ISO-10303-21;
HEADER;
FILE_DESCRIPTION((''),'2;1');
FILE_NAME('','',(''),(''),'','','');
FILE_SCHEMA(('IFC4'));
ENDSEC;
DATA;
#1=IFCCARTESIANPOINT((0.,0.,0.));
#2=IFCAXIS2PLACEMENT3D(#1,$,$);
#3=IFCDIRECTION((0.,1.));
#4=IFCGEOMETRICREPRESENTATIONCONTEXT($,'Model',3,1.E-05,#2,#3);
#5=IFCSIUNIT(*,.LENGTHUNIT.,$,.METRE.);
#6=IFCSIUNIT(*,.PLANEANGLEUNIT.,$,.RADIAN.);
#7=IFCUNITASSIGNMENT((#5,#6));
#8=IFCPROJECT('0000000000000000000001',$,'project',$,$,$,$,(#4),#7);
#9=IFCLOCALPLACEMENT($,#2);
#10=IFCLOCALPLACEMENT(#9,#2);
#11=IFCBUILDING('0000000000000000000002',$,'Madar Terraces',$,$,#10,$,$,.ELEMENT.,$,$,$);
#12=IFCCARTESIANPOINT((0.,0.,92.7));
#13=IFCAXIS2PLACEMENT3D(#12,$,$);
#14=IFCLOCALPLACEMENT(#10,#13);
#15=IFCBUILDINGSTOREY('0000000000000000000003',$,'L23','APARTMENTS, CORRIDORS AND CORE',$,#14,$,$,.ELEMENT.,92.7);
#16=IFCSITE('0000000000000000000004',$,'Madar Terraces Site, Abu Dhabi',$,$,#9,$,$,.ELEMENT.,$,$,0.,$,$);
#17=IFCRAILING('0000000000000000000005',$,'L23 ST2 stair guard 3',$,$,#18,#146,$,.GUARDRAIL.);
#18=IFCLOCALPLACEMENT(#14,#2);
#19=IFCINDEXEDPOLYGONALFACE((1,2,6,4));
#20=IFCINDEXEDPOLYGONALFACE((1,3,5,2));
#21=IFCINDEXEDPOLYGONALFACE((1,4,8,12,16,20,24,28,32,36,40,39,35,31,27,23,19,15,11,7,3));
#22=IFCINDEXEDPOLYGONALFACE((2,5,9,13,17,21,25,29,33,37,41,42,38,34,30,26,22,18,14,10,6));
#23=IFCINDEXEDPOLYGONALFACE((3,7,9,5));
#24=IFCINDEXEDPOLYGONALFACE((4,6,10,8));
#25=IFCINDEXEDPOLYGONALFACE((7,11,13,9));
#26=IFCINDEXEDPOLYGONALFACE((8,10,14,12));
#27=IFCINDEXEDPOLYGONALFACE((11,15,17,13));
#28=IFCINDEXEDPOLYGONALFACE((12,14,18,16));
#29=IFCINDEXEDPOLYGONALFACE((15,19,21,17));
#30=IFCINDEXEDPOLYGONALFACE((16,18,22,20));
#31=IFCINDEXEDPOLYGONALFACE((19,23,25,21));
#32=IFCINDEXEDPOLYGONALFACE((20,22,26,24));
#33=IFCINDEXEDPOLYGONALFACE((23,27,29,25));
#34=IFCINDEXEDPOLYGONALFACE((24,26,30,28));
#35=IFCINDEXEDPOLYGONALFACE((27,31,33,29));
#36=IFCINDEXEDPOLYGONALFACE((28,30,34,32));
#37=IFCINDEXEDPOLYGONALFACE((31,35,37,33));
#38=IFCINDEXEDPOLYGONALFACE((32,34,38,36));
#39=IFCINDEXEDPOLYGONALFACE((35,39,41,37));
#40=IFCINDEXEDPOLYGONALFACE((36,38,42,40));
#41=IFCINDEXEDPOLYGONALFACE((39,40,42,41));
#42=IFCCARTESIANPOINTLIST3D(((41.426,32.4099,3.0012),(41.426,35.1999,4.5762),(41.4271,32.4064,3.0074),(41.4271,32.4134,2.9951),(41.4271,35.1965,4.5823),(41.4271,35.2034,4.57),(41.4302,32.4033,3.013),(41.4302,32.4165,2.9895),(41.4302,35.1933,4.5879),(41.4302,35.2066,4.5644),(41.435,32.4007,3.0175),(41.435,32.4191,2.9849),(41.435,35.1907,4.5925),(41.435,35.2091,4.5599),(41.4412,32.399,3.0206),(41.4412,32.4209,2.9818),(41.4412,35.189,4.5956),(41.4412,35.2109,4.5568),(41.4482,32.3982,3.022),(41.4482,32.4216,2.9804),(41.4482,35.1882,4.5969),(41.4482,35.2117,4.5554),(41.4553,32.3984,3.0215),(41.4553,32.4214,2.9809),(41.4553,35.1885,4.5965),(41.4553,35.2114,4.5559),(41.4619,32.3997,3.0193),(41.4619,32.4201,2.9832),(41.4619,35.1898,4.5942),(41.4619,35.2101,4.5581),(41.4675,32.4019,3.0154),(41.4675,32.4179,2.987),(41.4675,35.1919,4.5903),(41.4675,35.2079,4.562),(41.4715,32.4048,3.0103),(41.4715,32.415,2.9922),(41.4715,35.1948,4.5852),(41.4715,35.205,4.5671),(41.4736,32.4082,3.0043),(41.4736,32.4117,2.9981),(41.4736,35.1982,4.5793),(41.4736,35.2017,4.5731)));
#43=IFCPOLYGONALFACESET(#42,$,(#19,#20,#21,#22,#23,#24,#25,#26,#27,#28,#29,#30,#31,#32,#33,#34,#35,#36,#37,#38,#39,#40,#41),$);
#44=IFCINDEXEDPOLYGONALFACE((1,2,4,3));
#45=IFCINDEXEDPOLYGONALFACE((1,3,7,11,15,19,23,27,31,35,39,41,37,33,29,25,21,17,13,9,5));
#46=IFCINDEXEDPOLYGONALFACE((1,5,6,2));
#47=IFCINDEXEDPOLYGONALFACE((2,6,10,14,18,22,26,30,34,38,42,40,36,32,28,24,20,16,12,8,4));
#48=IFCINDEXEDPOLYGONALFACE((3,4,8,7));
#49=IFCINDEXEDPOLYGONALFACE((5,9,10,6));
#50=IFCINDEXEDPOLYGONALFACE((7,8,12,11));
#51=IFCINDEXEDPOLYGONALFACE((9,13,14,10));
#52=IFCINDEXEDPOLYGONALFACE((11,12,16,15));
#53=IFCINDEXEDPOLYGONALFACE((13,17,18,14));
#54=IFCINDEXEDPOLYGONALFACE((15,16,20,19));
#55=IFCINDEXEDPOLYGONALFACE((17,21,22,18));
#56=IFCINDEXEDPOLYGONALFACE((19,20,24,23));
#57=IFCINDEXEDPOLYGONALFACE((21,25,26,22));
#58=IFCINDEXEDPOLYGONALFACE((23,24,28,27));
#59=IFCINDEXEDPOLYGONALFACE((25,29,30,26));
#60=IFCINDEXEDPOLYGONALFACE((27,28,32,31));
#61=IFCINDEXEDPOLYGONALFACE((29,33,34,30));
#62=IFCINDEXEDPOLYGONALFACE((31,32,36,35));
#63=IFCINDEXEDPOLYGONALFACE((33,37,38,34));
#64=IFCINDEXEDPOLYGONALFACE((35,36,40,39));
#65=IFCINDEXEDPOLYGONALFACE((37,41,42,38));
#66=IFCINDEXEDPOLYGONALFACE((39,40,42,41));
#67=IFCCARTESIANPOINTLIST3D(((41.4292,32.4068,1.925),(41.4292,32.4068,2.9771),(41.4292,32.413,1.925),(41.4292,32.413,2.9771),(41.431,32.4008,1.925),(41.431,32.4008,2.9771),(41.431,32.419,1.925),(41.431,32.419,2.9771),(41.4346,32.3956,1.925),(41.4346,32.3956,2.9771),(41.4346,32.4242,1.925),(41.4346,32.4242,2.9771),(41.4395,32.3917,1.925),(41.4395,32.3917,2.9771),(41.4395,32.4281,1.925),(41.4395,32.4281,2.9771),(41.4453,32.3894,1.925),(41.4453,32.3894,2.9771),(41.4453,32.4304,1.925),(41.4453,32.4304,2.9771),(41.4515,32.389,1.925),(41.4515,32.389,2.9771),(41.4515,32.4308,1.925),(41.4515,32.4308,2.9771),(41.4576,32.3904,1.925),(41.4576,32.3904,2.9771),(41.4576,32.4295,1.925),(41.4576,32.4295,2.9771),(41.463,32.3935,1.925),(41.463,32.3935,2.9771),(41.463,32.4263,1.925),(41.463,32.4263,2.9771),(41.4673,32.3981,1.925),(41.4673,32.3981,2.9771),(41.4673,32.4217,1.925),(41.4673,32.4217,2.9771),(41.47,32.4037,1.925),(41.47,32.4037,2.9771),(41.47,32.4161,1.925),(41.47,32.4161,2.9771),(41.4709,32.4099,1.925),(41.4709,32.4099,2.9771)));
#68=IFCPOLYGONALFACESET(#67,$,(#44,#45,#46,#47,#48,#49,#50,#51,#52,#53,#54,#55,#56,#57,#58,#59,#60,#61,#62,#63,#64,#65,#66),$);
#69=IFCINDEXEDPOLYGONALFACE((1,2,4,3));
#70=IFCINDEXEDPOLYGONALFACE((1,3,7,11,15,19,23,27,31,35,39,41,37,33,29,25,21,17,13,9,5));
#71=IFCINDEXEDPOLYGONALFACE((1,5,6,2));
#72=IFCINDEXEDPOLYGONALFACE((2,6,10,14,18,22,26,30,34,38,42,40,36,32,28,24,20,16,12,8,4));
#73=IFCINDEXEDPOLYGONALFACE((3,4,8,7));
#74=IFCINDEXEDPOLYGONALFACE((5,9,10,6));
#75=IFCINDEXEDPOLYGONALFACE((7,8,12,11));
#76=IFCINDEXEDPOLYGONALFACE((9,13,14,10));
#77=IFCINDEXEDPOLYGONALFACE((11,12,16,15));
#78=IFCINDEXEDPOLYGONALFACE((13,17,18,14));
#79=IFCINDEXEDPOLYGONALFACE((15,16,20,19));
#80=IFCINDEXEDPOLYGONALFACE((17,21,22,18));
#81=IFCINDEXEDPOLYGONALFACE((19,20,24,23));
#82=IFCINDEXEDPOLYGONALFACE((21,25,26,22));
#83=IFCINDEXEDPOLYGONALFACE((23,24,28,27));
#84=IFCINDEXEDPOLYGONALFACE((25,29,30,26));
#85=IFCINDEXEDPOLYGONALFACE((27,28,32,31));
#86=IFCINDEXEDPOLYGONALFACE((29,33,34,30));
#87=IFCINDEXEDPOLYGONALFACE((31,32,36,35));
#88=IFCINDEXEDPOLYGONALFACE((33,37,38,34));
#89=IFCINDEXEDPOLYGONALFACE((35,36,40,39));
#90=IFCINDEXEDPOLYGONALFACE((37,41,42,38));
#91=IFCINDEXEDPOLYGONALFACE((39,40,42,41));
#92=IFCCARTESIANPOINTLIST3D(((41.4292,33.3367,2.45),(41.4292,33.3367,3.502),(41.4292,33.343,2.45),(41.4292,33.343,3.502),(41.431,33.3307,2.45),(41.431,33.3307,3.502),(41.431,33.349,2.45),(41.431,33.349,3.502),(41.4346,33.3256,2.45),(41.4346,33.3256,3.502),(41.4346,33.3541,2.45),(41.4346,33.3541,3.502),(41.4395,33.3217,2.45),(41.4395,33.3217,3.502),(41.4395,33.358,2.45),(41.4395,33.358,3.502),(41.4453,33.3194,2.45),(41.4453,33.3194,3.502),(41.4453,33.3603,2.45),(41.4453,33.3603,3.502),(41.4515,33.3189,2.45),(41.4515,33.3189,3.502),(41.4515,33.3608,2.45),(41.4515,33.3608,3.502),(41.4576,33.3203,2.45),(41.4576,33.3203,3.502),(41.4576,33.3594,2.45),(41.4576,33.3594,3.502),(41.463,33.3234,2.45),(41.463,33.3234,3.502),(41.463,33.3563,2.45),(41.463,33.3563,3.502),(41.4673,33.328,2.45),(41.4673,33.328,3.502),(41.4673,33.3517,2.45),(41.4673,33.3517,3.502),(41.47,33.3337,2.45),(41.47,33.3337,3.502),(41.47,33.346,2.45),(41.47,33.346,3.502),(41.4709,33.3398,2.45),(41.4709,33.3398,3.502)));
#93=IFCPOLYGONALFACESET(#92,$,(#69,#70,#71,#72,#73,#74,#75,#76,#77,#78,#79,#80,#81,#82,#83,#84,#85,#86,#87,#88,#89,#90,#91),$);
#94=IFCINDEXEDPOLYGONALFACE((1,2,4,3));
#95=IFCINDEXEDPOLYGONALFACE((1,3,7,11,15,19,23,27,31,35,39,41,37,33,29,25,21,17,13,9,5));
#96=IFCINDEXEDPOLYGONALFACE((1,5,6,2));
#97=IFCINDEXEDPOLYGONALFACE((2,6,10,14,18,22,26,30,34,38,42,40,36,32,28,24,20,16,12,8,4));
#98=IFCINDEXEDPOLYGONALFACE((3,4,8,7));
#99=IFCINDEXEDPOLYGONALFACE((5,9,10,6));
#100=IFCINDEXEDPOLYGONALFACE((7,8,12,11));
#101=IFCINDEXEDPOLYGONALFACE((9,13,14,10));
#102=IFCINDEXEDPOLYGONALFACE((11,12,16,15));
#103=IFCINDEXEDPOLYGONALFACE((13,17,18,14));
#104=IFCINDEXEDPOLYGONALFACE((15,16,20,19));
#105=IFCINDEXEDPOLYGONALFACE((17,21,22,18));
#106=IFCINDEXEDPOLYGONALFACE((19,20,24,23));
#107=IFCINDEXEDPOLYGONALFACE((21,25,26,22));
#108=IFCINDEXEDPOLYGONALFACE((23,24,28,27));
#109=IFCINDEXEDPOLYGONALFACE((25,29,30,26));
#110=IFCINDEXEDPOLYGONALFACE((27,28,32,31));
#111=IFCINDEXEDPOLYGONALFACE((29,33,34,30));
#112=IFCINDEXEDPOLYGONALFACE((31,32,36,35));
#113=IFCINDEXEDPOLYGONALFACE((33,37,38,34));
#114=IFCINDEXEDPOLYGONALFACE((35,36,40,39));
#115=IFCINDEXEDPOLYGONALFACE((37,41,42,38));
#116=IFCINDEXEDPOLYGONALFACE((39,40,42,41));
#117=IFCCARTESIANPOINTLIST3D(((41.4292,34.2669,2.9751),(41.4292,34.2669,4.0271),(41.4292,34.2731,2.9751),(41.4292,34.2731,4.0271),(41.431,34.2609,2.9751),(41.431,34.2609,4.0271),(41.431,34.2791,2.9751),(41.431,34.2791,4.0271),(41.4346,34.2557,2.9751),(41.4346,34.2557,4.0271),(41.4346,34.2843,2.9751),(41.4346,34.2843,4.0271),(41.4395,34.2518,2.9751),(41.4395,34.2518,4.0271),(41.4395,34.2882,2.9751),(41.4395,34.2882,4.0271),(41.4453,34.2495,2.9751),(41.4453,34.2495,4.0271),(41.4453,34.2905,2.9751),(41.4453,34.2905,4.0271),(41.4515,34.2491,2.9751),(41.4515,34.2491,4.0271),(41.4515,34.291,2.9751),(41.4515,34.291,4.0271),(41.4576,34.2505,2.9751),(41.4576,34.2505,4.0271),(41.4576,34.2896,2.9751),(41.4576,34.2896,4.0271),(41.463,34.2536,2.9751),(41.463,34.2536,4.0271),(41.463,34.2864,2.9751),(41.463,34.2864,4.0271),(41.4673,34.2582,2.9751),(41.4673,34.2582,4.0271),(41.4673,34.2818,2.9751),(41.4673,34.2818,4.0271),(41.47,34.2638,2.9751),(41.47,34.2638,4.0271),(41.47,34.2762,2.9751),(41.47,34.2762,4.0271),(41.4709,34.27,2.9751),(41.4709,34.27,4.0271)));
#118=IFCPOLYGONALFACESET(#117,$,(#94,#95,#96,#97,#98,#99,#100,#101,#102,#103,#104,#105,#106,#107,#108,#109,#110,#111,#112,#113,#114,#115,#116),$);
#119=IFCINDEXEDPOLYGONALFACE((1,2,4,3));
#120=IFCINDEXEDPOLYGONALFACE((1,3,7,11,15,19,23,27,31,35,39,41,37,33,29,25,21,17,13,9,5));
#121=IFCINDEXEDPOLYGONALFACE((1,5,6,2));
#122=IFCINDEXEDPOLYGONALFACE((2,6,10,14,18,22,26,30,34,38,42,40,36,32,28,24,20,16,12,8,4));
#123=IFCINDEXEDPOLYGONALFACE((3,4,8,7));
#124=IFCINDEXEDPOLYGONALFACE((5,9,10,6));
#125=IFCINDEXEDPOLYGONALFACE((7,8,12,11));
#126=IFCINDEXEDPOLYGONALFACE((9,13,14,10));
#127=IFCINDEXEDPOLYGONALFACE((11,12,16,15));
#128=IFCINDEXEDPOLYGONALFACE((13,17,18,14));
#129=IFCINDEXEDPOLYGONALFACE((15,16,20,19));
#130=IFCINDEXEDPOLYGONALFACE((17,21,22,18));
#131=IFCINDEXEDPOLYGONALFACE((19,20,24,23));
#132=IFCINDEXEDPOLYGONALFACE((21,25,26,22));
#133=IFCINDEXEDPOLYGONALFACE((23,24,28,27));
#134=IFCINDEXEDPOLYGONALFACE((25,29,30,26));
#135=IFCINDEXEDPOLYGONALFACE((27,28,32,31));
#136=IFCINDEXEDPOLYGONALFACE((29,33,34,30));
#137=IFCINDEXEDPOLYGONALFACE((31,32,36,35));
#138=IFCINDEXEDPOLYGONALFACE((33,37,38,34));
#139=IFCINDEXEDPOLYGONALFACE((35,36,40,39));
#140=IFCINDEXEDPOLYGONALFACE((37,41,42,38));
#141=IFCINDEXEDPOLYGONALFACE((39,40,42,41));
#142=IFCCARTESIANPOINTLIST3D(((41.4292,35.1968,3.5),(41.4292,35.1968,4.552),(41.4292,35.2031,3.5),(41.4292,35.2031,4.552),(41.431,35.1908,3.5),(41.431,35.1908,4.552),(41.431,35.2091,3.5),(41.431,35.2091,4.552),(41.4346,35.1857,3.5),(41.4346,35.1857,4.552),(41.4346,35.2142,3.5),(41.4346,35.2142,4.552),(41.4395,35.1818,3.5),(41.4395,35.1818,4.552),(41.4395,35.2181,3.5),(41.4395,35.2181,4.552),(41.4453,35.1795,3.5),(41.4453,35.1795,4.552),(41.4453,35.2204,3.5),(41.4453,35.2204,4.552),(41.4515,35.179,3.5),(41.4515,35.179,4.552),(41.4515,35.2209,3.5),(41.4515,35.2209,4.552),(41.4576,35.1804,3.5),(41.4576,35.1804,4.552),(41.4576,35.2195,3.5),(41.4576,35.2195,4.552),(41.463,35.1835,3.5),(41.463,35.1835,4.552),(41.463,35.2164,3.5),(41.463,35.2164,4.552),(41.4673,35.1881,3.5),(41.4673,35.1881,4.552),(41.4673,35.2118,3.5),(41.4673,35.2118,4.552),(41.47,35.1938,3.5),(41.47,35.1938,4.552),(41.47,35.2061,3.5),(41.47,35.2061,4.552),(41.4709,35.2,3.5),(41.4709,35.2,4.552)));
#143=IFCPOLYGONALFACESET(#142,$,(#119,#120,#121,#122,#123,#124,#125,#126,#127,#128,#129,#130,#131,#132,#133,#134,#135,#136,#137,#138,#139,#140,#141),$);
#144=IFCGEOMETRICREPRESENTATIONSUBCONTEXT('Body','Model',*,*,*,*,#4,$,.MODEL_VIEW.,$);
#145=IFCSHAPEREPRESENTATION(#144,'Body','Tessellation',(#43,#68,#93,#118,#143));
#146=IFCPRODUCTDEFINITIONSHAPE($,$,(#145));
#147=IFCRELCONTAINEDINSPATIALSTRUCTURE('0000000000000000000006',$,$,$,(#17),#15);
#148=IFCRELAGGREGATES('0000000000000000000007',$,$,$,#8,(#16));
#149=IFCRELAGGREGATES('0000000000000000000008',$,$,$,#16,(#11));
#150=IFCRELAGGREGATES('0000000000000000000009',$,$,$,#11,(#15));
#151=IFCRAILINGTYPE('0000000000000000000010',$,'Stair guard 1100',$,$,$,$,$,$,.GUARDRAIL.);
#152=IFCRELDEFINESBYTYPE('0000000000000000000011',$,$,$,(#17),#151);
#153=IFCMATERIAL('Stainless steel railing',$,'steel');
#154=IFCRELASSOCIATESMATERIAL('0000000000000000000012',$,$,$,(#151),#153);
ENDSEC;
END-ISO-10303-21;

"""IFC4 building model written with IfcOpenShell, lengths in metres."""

from ifc_helpers import new_model, si_unit, direction, frame, origin, origin_2d, place, context, subcontext, project, spatial, circle, extrude, material, type_object, element, save


model = new_model("IFC4")

# Units and contexts
model_context = context("Model", 3, precision=1e-05, world=origin(), true_north=direction((0.0, 1.0)))
body_context = subcontext(model_context, "Body", "Model", "MODEL_VIEW")
ifc_project = project(units=[si_unit("LENGTHUNIT", "METRE"), si_unit("PLANEANGLEUNIT", "RADIAN")], contexts=[model_context])

# Site, building, storey
site_placement = place(None, origin())
site = spatial("IfcSite", under=ifc_project, at=site_placement, Name="Madar Terraces Site, Abu Dhabi", CompositionType="ELEMENT", RefElevation=0.0)
building_placement = place(site_placement, origin())
building = spatial("IfcBuilding", under=site, at=building_placement, Name="Madar Terraces", CompositionType="ELEMENT")
storey_placement = place(building_placement, frame((0.0, 0.0, 92.7)))
storey = spatial("IfcBuildingStorey", under=building, at=storey_placement, Name="L23", Description="APARTMENTS, CORRIDORS AND CORE", CompositionType="ELEMENT", Elevation=92.7)

# Railing
ifc_material_1 = material(Name="Stainless steel railing", Category="steel")
railing_type_1 = type_object("IfcRailingType", Name="Stair guard 1100", PredefinedType="GUARDRAIL", material=ifc_material_1)
railing_1_placement = place(storey_placement, frame((41.45, 32.4099, 1.925)))
element("IfcRailing", 1, at=railing_1_placement, inside=storey, type_object=railing_type_1, Name="L23 ST2 stair guard 3", PredefinedType="GUARDRAIL", context=body_context, shape_type="SweptSolid", body=[
    extrude(circle(Radius=0.0239, at=origin_2d()), frame((0.0, 0.0, 1.0762), z_axis=(0.0, 0.870834, 0.491578), x_axis=(-1.0, 0.0, 0.0)), (0.0, 0.0, 1.0), 3.2039),
    extrude(circle(Radius=0.021, at=origin_2d()), origin(), (0.0, 0.0, 1.0), 1.052),
    extrude(circle(Radius=0.021, at=origin_2d()), frame((0.0, 0.9299, 0.5249)), (0.0, 0.0, 1.0), 1.052),
    extrude(circle(Radius=0.021, at=origin_2d()), frame((0.0, 1.8601, 1.05)), (0.0, 0.0, 1.0), 1.052),
    extrude(circle(Radius=0.021, at=origin_2d()), frame((0.0, 2.79, 1.575)), (0.0, 0.0, 1.0), 1.052),
])

save(model, "model.ifc")
